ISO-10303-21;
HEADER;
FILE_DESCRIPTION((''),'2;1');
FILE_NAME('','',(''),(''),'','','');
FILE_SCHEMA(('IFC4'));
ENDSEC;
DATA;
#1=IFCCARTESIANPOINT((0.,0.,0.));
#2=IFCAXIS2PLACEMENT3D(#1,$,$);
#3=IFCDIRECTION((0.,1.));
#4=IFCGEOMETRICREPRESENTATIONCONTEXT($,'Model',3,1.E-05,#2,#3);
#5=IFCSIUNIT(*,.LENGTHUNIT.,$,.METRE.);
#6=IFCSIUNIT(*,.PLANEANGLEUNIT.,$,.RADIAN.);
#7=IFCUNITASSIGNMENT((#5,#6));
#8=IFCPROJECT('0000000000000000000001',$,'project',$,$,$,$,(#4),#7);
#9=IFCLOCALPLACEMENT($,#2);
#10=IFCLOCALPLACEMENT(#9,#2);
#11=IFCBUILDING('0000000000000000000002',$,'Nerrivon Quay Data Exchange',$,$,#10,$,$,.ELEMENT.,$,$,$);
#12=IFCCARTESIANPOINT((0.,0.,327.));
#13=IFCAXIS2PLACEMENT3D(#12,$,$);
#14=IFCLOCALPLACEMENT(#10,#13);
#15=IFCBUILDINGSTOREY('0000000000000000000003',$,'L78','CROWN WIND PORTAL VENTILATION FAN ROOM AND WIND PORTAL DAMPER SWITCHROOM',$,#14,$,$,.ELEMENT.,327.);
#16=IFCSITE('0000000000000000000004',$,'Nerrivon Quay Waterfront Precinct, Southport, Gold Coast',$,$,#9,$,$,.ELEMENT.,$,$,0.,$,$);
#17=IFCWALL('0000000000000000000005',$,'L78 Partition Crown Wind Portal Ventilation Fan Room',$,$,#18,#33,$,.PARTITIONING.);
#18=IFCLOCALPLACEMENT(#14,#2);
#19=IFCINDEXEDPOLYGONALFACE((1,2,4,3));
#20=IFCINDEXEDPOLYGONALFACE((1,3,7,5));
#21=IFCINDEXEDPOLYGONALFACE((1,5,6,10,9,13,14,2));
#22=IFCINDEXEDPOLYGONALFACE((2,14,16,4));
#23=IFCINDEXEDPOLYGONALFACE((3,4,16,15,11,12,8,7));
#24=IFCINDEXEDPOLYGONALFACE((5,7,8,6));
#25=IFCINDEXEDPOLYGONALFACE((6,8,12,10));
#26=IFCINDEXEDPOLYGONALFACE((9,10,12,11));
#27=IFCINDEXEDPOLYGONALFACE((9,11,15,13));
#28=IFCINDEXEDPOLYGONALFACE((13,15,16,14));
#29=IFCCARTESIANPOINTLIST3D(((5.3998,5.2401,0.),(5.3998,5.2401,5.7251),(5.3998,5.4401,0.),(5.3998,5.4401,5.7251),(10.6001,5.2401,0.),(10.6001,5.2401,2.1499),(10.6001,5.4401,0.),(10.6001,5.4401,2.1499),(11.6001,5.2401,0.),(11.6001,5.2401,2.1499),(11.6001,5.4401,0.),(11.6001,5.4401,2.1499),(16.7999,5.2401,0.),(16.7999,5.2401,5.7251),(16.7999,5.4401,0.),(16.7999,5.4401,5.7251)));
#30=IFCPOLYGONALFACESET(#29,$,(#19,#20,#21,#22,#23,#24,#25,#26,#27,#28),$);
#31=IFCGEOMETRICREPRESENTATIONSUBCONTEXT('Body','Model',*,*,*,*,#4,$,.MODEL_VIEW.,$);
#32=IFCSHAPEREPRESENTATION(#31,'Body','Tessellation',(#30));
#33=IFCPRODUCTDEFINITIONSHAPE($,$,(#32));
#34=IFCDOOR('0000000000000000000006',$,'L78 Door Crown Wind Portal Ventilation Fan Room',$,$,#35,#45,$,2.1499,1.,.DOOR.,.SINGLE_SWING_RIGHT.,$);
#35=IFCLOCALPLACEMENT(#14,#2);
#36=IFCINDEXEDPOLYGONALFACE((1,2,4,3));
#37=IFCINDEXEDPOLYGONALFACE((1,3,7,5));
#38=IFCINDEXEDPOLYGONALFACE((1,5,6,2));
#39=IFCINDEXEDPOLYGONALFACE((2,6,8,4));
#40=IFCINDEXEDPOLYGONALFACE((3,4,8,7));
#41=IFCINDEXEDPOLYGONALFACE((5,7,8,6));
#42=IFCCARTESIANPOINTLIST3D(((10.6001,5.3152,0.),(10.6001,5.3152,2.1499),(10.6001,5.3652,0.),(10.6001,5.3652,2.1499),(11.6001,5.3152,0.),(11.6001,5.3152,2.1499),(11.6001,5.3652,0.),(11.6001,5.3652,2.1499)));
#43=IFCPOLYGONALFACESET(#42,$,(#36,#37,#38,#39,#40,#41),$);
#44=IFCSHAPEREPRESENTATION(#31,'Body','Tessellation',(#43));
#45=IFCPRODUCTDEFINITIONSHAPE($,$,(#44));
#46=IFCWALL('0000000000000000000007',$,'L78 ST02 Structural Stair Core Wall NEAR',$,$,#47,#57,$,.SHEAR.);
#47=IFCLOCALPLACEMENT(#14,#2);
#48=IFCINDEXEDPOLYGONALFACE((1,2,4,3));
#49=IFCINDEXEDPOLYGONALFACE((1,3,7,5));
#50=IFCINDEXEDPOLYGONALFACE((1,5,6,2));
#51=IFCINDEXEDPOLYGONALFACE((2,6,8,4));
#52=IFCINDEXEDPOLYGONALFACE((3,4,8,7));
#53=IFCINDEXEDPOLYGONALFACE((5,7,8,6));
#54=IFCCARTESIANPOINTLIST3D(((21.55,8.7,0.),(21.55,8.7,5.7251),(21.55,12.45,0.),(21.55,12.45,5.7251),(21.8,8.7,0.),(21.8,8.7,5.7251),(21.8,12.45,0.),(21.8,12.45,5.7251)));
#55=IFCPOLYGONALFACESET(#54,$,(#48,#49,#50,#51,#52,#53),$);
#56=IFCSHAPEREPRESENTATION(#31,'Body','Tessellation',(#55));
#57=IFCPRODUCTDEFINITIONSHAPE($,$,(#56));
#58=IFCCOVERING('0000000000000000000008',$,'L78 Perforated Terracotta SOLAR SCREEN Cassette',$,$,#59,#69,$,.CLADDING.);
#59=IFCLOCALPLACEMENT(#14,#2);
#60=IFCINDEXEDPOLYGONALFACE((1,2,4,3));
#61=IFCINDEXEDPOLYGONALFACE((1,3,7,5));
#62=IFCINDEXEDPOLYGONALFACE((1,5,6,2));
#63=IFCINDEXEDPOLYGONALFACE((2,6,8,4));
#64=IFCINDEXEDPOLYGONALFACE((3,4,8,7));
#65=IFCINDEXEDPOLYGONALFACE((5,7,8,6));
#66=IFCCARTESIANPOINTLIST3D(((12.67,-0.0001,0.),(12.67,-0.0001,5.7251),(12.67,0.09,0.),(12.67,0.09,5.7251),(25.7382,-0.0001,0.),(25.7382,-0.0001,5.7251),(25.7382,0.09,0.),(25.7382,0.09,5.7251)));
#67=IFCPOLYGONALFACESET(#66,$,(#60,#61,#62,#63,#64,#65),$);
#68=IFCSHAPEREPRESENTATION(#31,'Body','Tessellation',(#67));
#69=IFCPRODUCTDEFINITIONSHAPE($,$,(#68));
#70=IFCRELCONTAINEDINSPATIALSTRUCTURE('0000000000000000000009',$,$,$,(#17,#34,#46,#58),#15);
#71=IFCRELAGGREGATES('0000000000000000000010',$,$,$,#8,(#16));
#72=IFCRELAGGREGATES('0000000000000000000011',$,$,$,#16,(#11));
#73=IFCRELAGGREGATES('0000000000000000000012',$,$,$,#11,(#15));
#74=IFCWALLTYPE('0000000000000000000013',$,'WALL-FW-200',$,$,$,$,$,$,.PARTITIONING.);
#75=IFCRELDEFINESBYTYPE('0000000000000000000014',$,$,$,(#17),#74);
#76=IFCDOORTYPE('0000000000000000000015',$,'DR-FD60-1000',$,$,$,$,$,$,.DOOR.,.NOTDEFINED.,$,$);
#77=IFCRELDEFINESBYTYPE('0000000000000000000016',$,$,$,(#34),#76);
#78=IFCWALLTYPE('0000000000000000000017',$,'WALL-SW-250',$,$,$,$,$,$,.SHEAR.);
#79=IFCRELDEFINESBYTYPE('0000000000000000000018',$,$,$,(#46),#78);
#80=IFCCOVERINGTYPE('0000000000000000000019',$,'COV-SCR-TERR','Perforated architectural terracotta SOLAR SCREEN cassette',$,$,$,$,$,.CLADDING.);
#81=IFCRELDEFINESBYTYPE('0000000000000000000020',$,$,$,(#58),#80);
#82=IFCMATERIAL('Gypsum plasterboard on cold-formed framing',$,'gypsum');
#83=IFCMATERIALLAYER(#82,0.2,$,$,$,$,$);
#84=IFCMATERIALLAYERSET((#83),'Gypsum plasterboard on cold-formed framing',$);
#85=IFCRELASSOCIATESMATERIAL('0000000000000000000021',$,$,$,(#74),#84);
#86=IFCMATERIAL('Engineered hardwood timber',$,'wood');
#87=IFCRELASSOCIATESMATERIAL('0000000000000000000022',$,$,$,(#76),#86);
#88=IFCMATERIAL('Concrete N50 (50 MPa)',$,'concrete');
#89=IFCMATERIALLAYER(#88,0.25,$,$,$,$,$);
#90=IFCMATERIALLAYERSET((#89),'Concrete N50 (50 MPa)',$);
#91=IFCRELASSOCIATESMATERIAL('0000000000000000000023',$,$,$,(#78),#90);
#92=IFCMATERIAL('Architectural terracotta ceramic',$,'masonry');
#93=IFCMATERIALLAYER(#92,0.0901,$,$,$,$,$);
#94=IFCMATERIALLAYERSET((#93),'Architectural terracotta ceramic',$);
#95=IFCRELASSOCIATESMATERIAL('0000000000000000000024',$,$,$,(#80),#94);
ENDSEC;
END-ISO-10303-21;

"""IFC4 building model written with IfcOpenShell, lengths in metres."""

from ifc_helpers import new_model, si_unit, direction, frame, frame_2d, origin, origin_2d, place, context, subcontext, project, spatial, rectangle, extrude, material, layer, layer_set, type_object, element, fill, save


model = new_model("IFC4")

# Units and contexts
model_context = context("Model", 3, precision=1e-05, world=origin(), true_north=direction((0.0, 1.0)))
body_context = subcontext(model_context, "Body", "Model", "MODEL_VIEW")
ifc_project = project(units=[si_unit("LENGTHUNIT", "METRE"), si_unit("PLANEANGLEUNIT", "RADIAN")], contexts=[model_context])

# Site, building, storey
site_placement = place(None, origin())
site = spatial("IfcSite", under=ifc_project, at=site_placement, Name="Nerrivon Quay Waterfront Precinct, Southport, Gold Coast", CompositionType="ELEMENT", RefElevation=0.0)
building_placement = place(site_placement, origin())
building = spatial("IfcBuilding", under=site, at=building_placement, Name="Nerrivon Quay Data Exchange", CompositionType="ELEMENT")
storey_placement = place(building_placement, frame((0.0, 0.0, 327.0)))
storey = spatial("IfcBuildingStorey", under=building, at=storey_placement, Name="L78", Description="CROWN WIND PORTAL VENTILATION FAN ROOM AND WIND PORTAL DAMPER SWITCHROOM", CompositionType="ELEMENT", Elevation=327.0)

# Shared definitions
ifc_material_1 = material(Name="Concrete N50 (50 MPa)", Category="concrete")

# Shared definitions
ifc_material_2 = material(Name="Gypsum plasterboard on cold-formed framing", Category="gypsum")
ifc_layer_1 = layer(ifc_material_2, 0.2)
ifc_layer_set_1 = layer_set([ifc_layer_1], Name="Gypsum plasterboard on cold-formed framing")
wall_type_1 = type_object("IfcWallType", Name="WALL-FW-200", PredefinedType="PARTITIONING", material=ifc_layer_set_1)

# Wall, opening, door
wall_1_placement = place(storey_placement, frame((16.8, 5.3401, 0.0), z_axis=(0.0, 0.0, 1.0), x_axis=(-1.0, 0.0, 0.0)))
wall_1 = element("IfcWall", 1, at=wall_1_placement, inside=storey, type_object=wall_type_1, Name="L78 Partition Crown Wind Portal Ventilation Fan Room", PredefinedType="PARTITIONING", context=body_context, shape_type="SweptSolid", body=[
    extrude(rectangle(XDim=11.4001, YDim=0.2, at=frame_2d((5.7002, 0.0))), origin(), (0.0, 0.0, 1.0), 5.7251),
])
opening_placement = place(wall_1_placement, frame((5.2, 0.0, 0.0)))
opening = element("IfcOpeningElement", 2, at=opening_placement, cuts=wall_1, PredefinedType="OPENING", context=body_context, shape_type="SweptSolid", body=[
    extrude(rectangle(XDim=1.0, YDim=2.1499, at=frame_2d((0.5, 1.075))), frame((0.0, 0.1099, 0.0), z_axis=(0.0, -1.0, 0.0), x_axis=(1.0, 0.0, 0.0)), (0.0, 0.0, 1.0), 0.22),
])
ifc_material_3 = material(Name="Engineered hardwood timber", Category="wood")
door_type = type_object("IfcDoorType", Name="DR-FD60-1000", OperationType="NOTDEFINED", PredefinedType="DOOR", material=ifc_material_3)
door_placement = place(opening_placement, origin())
door = element("IfcDoor", 3, at=door_placement, inside=storey, type_object=door_type, Name="L78 Door Crown Wind Portal Ventilation Fan Room", OperationType="SINGLE_SWING_RIGHT", OverallHeight=2.1499, OverallWidth=1.0, PredefinedType="DOOR", context=body_context, shape_type="SweptSolid", body=[
    extrude(rectangle(XDim=1.0, YDim=2.1499, at=frame_2d((0.5, 1.075))), frame((0.0, 0.0249, 0.0), z_axis=(0.0, -1.0, 0.0), x_axis=(1.0, 0.0, 0.0)), (0.0, 0.0, 1.0), 0.05),
])
fill(opening, door)

# Wall
ifc_layer_2 = layer(ifc_material_1, 0.25)
ifc_layer_set_2 = layer_set([ifc_layer_2], Name="Concrete N50 (50 MPa)")
wall_type_2 = type_object("IfcWallType", Name="WALL-SW-250", PredefinedType="SHEAR", material=ifc_layer_set_2)
wall_2_placement = place(storey_placement, frame((21.675, 8.7, 0.0), z_axis=(0.0, 0.0, 1.0), x_axis=(0.0, 1.0, 0.0)))
element("IfcWall", 4, at=wall_2_placement, inside=storey, type_object=wall_type_2, Name="L78 ST02 Structural Stair Core Wall NEAR", PredefinedType="SHEAR", context=body_context, shape_type="SweptSolid", body=[
    extrude(rectangle(XDim=3.75, YDim=0.25, at=frame_2d((1.875, 0.0))), origin(), (0.0, 0.0, 1.0), 5.7251),
])

# Covering
ifc_material_4 = material(Name="Architectural terracotta ceramic", Category="masonry")
ifc_layer_3 = layer(ifc_material_4, 0.0901)
ifc_layer_set_3 = layer_set([ifc_layer_3], Name="Architectural terracotta ceramic")
covering_type = type_object("IfcCoveringType", Name="COV-SCR-TERR", Description="Perforated architectural terracotta SOLAR SCREEN cassette", PredefinedType="CLADDING", material=ifc_layer_set_3)
covering_placement = place(storey_placement, frame((19.2041, 0.0449, 0.0), z_axis=(0.0, 0.0, 1.0), x_axis=(-1.0, 0.0, 0.0)))
element("IfcCovering", 5, at=covering_placement, inside=storey, type_object=covering_type, Name="L78 Perforated Terracotta SOLAR SCREEN Cassette", PredefinedType="CLADDING", context=body_context, shape_type="SweptSolid", body=[
    extrude(rectangle(XDim=13.0681, YDim=0.0901, at=origin_2d()), origin(), (0.0, 0.0, 1.0), 5.7251),
])

save(model, "model.ifc")
